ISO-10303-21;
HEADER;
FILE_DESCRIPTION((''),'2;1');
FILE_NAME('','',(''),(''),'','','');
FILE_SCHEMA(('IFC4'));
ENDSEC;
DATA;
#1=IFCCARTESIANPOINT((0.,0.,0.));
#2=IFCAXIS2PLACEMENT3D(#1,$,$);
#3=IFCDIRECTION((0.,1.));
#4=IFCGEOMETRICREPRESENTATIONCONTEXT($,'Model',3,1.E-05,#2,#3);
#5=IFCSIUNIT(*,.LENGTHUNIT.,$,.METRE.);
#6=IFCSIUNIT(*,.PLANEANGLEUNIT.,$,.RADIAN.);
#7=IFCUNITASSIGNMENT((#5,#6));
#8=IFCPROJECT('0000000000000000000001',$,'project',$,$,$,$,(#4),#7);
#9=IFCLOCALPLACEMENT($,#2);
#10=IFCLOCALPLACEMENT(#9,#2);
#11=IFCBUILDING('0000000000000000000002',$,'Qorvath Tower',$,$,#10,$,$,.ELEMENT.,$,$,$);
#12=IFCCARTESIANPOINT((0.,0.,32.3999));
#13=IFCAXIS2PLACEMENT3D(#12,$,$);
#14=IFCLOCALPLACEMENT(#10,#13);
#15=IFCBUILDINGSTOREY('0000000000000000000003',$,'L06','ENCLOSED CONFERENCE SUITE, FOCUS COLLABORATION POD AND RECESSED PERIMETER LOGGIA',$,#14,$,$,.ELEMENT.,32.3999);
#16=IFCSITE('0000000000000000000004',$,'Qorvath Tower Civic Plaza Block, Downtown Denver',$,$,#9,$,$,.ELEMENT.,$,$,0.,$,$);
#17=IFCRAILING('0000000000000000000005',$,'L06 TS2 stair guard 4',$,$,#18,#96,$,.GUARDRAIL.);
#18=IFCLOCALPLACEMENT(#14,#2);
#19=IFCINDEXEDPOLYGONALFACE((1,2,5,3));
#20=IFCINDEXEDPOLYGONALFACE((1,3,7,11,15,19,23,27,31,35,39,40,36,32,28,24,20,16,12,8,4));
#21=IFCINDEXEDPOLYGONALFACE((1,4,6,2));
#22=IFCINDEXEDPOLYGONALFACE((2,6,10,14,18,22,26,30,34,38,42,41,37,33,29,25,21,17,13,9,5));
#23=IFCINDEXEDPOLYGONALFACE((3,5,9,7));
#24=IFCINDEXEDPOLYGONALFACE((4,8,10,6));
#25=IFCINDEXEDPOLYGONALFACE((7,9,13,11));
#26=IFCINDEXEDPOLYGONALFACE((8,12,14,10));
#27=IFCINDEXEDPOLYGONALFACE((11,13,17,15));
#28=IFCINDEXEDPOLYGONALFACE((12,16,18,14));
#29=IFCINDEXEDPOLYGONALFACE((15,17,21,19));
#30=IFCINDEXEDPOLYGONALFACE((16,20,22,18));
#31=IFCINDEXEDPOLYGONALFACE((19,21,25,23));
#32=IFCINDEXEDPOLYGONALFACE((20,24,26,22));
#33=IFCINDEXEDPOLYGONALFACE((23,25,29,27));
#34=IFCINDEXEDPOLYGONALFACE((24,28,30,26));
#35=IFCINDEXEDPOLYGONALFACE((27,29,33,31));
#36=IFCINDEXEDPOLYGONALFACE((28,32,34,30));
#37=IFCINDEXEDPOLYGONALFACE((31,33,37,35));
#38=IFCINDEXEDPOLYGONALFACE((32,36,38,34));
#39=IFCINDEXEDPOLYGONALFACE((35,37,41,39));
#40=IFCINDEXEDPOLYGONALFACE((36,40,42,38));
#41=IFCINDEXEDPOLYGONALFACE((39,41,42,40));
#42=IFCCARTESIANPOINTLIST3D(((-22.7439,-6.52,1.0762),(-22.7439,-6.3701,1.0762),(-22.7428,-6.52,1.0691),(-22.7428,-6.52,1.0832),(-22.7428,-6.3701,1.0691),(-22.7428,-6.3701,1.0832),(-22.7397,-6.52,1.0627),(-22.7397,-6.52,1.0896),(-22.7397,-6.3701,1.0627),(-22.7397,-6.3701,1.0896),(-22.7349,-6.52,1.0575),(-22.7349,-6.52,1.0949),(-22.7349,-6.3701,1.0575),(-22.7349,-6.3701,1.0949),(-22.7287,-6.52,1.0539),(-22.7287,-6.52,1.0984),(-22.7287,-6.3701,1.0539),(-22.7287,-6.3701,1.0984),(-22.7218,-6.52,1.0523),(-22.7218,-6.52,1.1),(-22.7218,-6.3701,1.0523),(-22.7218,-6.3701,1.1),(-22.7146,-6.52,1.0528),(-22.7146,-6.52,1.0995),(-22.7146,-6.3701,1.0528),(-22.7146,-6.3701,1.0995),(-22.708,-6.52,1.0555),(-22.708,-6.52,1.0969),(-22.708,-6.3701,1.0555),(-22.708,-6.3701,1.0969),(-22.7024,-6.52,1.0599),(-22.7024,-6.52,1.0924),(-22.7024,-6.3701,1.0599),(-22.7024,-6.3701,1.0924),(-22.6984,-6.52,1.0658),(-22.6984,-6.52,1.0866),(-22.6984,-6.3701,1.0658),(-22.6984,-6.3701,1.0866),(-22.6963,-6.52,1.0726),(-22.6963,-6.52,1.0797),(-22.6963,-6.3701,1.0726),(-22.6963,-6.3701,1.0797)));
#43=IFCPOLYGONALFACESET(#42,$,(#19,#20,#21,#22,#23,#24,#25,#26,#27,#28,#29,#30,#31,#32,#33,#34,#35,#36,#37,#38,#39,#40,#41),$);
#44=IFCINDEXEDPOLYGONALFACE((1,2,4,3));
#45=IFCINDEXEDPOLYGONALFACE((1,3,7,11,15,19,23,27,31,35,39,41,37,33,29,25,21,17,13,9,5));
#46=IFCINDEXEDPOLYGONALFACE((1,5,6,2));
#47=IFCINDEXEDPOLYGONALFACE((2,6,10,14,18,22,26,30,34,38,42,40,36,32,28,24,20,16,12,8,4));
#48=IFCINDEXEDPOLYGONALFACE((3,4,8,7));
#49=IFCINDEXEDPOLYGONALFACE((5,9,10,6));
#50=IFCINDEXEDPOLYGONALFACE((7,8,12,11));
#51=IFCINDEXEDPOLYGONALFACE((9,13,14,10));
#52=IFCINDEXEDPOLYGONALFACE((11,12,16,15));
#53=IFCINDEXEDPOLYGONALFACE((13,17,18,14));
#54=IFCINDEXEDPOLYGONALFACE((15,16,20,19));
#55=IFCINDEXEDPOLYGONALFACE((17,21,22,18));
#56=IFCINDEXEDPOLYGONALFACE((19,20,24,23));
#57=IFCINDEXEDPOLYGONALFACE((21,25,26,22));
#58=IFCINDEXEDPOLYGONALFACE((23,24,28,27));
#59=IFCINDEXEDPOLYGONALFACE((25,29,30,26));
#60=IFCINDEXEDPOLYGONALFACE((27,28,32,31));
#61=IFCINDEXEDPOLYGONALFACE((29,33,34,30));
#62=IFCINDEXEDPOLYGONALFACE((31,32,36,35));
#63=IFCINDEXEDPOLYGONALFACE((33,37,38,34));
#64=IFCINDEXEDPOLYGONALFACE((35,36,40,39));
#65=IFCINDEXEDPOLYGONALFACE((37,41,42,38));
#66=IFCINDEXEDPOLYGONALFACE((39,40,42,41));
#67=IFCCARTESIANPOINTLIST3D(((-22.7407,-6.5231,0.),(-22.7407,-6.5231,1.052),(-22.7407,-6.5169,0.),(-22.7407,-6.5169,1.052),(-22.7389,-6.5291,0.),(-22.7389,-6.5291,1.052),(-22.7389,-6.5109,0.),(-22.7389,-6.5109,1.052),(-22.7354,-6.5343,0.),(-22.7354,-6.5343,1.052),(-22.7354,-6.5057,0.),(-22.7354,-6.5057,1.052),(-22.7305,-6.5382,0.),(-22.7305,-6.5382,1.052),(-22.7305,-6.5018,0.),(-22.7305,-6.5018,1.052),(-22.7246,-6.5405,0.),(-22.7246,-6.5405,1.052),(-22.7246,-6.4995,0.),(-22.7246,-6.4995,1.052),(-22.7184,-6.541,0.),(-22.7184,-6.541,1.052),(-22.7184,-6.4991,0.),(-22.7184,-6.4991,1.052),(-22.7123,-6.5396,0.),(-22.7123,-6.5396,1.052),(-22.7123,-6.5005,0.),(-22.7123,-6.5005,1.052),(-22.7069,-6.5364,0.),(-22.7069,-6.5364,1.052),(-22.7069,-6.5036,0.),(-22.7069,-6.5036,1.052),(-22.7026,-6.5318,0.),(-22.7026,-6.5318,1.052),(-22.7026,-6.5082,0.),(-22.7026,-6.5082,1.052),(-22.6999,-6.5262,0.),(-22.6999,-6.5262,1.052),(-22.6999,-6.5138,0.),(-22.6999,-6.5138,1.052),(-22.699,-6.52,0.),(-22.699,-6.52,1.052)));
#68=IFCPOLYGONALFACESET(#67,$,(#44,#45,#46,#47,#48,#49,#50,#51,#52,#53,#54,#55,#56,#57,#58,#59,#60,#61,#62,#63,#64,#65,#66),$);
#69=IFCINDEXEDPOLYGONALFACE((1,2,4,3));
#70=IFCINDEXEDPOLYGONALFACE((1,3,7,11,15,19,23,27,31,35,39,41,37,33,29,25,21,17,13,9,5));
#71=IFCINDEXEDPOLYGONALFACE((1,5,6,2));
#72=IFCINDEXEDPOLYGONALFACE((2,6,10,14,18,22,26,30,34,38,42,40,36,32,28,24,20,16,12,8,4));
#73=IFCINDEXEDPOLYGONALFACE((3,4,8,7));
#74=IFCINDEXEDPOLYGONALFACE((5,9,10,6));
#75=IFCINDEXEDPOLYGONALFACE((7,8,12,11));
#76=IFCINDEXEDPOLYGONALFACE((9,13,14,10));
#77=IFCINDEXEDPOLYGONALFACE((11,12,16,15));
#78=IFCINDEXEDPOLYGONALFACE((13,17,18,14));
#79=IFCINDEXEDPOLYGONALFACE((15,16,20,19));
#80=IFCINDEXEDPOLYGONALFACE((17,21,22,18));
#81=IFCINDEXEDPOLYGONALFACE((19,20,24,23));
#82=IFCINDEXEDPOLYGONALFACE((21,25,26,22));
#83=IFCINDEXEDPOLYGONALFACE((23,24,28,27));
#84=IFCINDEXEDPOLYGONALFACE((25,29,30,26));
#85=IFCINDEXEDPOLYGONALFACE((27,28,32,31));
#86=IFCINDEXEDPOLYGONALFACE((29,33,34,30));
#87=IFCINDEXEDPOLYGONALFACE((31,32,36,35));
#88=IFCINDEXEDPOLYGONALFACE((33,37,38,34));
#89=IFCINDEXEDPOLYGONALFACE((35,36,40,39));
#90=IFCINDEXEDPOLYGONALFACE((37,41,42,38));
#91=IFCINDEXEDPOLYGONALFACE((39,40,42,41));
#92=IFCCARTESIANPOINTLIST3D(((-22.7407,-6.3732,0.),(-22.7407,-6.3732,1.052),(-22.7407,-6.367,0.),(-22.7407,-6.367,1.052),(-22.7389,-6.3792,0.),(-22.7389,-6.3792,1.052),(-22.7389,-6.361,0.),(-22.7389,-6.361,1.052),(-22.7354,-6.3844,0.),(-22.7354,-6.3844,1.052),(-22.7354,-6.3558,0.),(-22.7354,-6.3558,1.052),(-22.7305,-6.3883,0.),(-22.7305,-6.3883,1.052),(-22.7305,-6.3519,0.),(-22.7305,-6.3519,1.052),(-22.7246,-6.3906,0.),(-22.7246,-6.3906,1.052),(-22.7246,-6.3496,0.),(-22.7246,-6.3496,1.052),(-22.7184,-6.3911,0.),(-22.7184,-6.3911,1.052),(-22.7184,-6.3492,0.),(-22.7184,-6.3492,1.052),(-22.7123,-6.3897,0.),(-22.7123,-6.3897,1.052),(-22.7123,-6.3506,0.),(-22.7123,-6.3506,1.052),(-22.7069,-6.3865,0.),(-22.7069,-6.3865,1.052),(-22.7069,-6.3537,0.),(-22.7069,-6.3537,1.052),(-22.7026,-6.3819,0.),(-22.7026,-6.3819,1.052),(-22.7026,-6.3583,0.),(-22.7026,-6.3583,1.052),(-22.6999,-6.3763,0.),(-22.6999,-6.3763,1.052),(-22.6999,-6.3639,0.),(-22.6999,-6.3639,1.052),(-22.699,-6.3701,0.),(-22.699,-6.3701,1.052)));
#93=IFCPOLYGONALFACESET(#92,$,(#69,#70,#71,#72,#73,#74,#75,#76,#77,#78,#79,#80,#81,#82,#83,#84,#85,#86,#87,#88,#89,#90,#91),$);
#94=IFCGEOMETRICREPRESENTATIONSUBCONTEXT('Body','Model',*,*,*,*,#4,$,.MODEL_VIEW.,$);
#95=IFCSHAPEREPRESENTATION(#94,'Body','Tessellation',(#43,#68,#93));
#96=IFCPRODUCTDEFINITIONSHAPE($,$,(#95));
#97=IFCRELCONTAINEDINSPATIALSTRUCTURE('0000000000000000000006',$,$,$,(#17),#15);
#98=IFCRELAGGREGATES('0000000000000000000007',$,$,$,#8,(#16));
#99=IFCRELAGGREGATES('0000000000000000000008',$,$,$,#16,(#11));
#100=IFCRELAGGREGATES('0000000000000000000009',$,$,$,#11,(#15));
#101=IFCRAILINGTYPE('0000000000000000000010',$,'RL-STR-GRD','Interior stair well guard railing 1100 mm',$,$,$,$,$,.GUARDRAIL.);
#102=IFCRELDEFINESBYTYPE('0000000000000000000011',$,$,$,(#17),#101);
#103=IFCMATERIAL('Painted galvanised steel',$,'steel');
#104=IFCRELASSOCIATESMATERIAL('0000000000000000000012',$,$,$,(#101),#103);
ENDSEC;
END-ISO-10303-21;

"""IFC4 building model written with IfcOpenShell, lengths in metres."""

from ifc_helpers import new_model, si_unit, direction, frame, origin, origin_2d, place, context, subcontext, project, spatial, circle, extrude, material, type_object, element, save


model = new_model("IFC4")

# Units and contexts
model_context = context("Model", 3, precision=1e-05, world=origin(), true_north=direction((0.0, 1.0)))
body_context = subcontext(model_context, "Body", "Model", "MODEL_VIEW")
ifc_project = project(units=[si_unit("LENGTHUNIT", "METRE"), si_unit("PLANEANGLEUNIT", "RADIAN")], contexts=[model_context])

# Site, building, storey
site_placement = place(None, origin())
site = spatial("IfcSite", under=ifc_project, at=site_placement, Name="Qorvath Tower Civic Plaza Block, Downtown Denver", CompositionType="ELEMENT", RefElevation=0.0)
building_placement = place(site_placement, origin())
building = spatial("IfcBuilding", under=site, at=building_placement, Name="Qorvath Tower", CompositionType="ELEMENT")
storey_placement = place(building_placement, frame((0.0, 0.0, 32.3999)))
storey = spatial("IfcBuildingStorey", under=building, at=storey_placement, Name="L06", Description="ENCLOSED CONFERENCE SUITE, FOCUS COLLABORATION POD AND RECESSED PERIMETER LOGGIA", CompositionType="ELEMENT", Elevation=32.3999)

# Railing
ifc_material_1 = material(Name="Painted galvanised steel", Category="steel")
railing_type_1 = type_object("IfcRailingType", Name="RL-STR-GRD", Description="Interior stair well guard railing 1100 mm", PredefinedType="GUARDRAIL", material=ifc_material_1)
railing_1_placement = place(storey_placement, frame((-22.72, -6.52, 0.0)))
element("IfcRailing", 1, at=railing_1_placement, inside=storey, type_object=railing_type_1, Name="L06 TS2 stair guard 4", PredefinedType="GUARDRAIL", context=body_context, shape_type="SweptSolid", body=[
    extrude(circle(Radius=0.0239, at=origin_2d()), frame((0.0, 0.0, 1.0762), z_axis=(0.0, 1.0, 0.0), x_axis=(-1.0, 0.0, 0.0)), (0.0, 0.0, 1.0), 0.1499),
    extrude(circle(Radius=0.021, at=origin_2d()), origin(), (0.0, 0.0, 1.0), 1.052),
    extrude(circle(Radius=0.021, at=origin_2d()), frame((0.0, 0.1499, 0.0)), (0.0, 0.0, 1.0), 1.052),
])

save(model, "model.ifc")
